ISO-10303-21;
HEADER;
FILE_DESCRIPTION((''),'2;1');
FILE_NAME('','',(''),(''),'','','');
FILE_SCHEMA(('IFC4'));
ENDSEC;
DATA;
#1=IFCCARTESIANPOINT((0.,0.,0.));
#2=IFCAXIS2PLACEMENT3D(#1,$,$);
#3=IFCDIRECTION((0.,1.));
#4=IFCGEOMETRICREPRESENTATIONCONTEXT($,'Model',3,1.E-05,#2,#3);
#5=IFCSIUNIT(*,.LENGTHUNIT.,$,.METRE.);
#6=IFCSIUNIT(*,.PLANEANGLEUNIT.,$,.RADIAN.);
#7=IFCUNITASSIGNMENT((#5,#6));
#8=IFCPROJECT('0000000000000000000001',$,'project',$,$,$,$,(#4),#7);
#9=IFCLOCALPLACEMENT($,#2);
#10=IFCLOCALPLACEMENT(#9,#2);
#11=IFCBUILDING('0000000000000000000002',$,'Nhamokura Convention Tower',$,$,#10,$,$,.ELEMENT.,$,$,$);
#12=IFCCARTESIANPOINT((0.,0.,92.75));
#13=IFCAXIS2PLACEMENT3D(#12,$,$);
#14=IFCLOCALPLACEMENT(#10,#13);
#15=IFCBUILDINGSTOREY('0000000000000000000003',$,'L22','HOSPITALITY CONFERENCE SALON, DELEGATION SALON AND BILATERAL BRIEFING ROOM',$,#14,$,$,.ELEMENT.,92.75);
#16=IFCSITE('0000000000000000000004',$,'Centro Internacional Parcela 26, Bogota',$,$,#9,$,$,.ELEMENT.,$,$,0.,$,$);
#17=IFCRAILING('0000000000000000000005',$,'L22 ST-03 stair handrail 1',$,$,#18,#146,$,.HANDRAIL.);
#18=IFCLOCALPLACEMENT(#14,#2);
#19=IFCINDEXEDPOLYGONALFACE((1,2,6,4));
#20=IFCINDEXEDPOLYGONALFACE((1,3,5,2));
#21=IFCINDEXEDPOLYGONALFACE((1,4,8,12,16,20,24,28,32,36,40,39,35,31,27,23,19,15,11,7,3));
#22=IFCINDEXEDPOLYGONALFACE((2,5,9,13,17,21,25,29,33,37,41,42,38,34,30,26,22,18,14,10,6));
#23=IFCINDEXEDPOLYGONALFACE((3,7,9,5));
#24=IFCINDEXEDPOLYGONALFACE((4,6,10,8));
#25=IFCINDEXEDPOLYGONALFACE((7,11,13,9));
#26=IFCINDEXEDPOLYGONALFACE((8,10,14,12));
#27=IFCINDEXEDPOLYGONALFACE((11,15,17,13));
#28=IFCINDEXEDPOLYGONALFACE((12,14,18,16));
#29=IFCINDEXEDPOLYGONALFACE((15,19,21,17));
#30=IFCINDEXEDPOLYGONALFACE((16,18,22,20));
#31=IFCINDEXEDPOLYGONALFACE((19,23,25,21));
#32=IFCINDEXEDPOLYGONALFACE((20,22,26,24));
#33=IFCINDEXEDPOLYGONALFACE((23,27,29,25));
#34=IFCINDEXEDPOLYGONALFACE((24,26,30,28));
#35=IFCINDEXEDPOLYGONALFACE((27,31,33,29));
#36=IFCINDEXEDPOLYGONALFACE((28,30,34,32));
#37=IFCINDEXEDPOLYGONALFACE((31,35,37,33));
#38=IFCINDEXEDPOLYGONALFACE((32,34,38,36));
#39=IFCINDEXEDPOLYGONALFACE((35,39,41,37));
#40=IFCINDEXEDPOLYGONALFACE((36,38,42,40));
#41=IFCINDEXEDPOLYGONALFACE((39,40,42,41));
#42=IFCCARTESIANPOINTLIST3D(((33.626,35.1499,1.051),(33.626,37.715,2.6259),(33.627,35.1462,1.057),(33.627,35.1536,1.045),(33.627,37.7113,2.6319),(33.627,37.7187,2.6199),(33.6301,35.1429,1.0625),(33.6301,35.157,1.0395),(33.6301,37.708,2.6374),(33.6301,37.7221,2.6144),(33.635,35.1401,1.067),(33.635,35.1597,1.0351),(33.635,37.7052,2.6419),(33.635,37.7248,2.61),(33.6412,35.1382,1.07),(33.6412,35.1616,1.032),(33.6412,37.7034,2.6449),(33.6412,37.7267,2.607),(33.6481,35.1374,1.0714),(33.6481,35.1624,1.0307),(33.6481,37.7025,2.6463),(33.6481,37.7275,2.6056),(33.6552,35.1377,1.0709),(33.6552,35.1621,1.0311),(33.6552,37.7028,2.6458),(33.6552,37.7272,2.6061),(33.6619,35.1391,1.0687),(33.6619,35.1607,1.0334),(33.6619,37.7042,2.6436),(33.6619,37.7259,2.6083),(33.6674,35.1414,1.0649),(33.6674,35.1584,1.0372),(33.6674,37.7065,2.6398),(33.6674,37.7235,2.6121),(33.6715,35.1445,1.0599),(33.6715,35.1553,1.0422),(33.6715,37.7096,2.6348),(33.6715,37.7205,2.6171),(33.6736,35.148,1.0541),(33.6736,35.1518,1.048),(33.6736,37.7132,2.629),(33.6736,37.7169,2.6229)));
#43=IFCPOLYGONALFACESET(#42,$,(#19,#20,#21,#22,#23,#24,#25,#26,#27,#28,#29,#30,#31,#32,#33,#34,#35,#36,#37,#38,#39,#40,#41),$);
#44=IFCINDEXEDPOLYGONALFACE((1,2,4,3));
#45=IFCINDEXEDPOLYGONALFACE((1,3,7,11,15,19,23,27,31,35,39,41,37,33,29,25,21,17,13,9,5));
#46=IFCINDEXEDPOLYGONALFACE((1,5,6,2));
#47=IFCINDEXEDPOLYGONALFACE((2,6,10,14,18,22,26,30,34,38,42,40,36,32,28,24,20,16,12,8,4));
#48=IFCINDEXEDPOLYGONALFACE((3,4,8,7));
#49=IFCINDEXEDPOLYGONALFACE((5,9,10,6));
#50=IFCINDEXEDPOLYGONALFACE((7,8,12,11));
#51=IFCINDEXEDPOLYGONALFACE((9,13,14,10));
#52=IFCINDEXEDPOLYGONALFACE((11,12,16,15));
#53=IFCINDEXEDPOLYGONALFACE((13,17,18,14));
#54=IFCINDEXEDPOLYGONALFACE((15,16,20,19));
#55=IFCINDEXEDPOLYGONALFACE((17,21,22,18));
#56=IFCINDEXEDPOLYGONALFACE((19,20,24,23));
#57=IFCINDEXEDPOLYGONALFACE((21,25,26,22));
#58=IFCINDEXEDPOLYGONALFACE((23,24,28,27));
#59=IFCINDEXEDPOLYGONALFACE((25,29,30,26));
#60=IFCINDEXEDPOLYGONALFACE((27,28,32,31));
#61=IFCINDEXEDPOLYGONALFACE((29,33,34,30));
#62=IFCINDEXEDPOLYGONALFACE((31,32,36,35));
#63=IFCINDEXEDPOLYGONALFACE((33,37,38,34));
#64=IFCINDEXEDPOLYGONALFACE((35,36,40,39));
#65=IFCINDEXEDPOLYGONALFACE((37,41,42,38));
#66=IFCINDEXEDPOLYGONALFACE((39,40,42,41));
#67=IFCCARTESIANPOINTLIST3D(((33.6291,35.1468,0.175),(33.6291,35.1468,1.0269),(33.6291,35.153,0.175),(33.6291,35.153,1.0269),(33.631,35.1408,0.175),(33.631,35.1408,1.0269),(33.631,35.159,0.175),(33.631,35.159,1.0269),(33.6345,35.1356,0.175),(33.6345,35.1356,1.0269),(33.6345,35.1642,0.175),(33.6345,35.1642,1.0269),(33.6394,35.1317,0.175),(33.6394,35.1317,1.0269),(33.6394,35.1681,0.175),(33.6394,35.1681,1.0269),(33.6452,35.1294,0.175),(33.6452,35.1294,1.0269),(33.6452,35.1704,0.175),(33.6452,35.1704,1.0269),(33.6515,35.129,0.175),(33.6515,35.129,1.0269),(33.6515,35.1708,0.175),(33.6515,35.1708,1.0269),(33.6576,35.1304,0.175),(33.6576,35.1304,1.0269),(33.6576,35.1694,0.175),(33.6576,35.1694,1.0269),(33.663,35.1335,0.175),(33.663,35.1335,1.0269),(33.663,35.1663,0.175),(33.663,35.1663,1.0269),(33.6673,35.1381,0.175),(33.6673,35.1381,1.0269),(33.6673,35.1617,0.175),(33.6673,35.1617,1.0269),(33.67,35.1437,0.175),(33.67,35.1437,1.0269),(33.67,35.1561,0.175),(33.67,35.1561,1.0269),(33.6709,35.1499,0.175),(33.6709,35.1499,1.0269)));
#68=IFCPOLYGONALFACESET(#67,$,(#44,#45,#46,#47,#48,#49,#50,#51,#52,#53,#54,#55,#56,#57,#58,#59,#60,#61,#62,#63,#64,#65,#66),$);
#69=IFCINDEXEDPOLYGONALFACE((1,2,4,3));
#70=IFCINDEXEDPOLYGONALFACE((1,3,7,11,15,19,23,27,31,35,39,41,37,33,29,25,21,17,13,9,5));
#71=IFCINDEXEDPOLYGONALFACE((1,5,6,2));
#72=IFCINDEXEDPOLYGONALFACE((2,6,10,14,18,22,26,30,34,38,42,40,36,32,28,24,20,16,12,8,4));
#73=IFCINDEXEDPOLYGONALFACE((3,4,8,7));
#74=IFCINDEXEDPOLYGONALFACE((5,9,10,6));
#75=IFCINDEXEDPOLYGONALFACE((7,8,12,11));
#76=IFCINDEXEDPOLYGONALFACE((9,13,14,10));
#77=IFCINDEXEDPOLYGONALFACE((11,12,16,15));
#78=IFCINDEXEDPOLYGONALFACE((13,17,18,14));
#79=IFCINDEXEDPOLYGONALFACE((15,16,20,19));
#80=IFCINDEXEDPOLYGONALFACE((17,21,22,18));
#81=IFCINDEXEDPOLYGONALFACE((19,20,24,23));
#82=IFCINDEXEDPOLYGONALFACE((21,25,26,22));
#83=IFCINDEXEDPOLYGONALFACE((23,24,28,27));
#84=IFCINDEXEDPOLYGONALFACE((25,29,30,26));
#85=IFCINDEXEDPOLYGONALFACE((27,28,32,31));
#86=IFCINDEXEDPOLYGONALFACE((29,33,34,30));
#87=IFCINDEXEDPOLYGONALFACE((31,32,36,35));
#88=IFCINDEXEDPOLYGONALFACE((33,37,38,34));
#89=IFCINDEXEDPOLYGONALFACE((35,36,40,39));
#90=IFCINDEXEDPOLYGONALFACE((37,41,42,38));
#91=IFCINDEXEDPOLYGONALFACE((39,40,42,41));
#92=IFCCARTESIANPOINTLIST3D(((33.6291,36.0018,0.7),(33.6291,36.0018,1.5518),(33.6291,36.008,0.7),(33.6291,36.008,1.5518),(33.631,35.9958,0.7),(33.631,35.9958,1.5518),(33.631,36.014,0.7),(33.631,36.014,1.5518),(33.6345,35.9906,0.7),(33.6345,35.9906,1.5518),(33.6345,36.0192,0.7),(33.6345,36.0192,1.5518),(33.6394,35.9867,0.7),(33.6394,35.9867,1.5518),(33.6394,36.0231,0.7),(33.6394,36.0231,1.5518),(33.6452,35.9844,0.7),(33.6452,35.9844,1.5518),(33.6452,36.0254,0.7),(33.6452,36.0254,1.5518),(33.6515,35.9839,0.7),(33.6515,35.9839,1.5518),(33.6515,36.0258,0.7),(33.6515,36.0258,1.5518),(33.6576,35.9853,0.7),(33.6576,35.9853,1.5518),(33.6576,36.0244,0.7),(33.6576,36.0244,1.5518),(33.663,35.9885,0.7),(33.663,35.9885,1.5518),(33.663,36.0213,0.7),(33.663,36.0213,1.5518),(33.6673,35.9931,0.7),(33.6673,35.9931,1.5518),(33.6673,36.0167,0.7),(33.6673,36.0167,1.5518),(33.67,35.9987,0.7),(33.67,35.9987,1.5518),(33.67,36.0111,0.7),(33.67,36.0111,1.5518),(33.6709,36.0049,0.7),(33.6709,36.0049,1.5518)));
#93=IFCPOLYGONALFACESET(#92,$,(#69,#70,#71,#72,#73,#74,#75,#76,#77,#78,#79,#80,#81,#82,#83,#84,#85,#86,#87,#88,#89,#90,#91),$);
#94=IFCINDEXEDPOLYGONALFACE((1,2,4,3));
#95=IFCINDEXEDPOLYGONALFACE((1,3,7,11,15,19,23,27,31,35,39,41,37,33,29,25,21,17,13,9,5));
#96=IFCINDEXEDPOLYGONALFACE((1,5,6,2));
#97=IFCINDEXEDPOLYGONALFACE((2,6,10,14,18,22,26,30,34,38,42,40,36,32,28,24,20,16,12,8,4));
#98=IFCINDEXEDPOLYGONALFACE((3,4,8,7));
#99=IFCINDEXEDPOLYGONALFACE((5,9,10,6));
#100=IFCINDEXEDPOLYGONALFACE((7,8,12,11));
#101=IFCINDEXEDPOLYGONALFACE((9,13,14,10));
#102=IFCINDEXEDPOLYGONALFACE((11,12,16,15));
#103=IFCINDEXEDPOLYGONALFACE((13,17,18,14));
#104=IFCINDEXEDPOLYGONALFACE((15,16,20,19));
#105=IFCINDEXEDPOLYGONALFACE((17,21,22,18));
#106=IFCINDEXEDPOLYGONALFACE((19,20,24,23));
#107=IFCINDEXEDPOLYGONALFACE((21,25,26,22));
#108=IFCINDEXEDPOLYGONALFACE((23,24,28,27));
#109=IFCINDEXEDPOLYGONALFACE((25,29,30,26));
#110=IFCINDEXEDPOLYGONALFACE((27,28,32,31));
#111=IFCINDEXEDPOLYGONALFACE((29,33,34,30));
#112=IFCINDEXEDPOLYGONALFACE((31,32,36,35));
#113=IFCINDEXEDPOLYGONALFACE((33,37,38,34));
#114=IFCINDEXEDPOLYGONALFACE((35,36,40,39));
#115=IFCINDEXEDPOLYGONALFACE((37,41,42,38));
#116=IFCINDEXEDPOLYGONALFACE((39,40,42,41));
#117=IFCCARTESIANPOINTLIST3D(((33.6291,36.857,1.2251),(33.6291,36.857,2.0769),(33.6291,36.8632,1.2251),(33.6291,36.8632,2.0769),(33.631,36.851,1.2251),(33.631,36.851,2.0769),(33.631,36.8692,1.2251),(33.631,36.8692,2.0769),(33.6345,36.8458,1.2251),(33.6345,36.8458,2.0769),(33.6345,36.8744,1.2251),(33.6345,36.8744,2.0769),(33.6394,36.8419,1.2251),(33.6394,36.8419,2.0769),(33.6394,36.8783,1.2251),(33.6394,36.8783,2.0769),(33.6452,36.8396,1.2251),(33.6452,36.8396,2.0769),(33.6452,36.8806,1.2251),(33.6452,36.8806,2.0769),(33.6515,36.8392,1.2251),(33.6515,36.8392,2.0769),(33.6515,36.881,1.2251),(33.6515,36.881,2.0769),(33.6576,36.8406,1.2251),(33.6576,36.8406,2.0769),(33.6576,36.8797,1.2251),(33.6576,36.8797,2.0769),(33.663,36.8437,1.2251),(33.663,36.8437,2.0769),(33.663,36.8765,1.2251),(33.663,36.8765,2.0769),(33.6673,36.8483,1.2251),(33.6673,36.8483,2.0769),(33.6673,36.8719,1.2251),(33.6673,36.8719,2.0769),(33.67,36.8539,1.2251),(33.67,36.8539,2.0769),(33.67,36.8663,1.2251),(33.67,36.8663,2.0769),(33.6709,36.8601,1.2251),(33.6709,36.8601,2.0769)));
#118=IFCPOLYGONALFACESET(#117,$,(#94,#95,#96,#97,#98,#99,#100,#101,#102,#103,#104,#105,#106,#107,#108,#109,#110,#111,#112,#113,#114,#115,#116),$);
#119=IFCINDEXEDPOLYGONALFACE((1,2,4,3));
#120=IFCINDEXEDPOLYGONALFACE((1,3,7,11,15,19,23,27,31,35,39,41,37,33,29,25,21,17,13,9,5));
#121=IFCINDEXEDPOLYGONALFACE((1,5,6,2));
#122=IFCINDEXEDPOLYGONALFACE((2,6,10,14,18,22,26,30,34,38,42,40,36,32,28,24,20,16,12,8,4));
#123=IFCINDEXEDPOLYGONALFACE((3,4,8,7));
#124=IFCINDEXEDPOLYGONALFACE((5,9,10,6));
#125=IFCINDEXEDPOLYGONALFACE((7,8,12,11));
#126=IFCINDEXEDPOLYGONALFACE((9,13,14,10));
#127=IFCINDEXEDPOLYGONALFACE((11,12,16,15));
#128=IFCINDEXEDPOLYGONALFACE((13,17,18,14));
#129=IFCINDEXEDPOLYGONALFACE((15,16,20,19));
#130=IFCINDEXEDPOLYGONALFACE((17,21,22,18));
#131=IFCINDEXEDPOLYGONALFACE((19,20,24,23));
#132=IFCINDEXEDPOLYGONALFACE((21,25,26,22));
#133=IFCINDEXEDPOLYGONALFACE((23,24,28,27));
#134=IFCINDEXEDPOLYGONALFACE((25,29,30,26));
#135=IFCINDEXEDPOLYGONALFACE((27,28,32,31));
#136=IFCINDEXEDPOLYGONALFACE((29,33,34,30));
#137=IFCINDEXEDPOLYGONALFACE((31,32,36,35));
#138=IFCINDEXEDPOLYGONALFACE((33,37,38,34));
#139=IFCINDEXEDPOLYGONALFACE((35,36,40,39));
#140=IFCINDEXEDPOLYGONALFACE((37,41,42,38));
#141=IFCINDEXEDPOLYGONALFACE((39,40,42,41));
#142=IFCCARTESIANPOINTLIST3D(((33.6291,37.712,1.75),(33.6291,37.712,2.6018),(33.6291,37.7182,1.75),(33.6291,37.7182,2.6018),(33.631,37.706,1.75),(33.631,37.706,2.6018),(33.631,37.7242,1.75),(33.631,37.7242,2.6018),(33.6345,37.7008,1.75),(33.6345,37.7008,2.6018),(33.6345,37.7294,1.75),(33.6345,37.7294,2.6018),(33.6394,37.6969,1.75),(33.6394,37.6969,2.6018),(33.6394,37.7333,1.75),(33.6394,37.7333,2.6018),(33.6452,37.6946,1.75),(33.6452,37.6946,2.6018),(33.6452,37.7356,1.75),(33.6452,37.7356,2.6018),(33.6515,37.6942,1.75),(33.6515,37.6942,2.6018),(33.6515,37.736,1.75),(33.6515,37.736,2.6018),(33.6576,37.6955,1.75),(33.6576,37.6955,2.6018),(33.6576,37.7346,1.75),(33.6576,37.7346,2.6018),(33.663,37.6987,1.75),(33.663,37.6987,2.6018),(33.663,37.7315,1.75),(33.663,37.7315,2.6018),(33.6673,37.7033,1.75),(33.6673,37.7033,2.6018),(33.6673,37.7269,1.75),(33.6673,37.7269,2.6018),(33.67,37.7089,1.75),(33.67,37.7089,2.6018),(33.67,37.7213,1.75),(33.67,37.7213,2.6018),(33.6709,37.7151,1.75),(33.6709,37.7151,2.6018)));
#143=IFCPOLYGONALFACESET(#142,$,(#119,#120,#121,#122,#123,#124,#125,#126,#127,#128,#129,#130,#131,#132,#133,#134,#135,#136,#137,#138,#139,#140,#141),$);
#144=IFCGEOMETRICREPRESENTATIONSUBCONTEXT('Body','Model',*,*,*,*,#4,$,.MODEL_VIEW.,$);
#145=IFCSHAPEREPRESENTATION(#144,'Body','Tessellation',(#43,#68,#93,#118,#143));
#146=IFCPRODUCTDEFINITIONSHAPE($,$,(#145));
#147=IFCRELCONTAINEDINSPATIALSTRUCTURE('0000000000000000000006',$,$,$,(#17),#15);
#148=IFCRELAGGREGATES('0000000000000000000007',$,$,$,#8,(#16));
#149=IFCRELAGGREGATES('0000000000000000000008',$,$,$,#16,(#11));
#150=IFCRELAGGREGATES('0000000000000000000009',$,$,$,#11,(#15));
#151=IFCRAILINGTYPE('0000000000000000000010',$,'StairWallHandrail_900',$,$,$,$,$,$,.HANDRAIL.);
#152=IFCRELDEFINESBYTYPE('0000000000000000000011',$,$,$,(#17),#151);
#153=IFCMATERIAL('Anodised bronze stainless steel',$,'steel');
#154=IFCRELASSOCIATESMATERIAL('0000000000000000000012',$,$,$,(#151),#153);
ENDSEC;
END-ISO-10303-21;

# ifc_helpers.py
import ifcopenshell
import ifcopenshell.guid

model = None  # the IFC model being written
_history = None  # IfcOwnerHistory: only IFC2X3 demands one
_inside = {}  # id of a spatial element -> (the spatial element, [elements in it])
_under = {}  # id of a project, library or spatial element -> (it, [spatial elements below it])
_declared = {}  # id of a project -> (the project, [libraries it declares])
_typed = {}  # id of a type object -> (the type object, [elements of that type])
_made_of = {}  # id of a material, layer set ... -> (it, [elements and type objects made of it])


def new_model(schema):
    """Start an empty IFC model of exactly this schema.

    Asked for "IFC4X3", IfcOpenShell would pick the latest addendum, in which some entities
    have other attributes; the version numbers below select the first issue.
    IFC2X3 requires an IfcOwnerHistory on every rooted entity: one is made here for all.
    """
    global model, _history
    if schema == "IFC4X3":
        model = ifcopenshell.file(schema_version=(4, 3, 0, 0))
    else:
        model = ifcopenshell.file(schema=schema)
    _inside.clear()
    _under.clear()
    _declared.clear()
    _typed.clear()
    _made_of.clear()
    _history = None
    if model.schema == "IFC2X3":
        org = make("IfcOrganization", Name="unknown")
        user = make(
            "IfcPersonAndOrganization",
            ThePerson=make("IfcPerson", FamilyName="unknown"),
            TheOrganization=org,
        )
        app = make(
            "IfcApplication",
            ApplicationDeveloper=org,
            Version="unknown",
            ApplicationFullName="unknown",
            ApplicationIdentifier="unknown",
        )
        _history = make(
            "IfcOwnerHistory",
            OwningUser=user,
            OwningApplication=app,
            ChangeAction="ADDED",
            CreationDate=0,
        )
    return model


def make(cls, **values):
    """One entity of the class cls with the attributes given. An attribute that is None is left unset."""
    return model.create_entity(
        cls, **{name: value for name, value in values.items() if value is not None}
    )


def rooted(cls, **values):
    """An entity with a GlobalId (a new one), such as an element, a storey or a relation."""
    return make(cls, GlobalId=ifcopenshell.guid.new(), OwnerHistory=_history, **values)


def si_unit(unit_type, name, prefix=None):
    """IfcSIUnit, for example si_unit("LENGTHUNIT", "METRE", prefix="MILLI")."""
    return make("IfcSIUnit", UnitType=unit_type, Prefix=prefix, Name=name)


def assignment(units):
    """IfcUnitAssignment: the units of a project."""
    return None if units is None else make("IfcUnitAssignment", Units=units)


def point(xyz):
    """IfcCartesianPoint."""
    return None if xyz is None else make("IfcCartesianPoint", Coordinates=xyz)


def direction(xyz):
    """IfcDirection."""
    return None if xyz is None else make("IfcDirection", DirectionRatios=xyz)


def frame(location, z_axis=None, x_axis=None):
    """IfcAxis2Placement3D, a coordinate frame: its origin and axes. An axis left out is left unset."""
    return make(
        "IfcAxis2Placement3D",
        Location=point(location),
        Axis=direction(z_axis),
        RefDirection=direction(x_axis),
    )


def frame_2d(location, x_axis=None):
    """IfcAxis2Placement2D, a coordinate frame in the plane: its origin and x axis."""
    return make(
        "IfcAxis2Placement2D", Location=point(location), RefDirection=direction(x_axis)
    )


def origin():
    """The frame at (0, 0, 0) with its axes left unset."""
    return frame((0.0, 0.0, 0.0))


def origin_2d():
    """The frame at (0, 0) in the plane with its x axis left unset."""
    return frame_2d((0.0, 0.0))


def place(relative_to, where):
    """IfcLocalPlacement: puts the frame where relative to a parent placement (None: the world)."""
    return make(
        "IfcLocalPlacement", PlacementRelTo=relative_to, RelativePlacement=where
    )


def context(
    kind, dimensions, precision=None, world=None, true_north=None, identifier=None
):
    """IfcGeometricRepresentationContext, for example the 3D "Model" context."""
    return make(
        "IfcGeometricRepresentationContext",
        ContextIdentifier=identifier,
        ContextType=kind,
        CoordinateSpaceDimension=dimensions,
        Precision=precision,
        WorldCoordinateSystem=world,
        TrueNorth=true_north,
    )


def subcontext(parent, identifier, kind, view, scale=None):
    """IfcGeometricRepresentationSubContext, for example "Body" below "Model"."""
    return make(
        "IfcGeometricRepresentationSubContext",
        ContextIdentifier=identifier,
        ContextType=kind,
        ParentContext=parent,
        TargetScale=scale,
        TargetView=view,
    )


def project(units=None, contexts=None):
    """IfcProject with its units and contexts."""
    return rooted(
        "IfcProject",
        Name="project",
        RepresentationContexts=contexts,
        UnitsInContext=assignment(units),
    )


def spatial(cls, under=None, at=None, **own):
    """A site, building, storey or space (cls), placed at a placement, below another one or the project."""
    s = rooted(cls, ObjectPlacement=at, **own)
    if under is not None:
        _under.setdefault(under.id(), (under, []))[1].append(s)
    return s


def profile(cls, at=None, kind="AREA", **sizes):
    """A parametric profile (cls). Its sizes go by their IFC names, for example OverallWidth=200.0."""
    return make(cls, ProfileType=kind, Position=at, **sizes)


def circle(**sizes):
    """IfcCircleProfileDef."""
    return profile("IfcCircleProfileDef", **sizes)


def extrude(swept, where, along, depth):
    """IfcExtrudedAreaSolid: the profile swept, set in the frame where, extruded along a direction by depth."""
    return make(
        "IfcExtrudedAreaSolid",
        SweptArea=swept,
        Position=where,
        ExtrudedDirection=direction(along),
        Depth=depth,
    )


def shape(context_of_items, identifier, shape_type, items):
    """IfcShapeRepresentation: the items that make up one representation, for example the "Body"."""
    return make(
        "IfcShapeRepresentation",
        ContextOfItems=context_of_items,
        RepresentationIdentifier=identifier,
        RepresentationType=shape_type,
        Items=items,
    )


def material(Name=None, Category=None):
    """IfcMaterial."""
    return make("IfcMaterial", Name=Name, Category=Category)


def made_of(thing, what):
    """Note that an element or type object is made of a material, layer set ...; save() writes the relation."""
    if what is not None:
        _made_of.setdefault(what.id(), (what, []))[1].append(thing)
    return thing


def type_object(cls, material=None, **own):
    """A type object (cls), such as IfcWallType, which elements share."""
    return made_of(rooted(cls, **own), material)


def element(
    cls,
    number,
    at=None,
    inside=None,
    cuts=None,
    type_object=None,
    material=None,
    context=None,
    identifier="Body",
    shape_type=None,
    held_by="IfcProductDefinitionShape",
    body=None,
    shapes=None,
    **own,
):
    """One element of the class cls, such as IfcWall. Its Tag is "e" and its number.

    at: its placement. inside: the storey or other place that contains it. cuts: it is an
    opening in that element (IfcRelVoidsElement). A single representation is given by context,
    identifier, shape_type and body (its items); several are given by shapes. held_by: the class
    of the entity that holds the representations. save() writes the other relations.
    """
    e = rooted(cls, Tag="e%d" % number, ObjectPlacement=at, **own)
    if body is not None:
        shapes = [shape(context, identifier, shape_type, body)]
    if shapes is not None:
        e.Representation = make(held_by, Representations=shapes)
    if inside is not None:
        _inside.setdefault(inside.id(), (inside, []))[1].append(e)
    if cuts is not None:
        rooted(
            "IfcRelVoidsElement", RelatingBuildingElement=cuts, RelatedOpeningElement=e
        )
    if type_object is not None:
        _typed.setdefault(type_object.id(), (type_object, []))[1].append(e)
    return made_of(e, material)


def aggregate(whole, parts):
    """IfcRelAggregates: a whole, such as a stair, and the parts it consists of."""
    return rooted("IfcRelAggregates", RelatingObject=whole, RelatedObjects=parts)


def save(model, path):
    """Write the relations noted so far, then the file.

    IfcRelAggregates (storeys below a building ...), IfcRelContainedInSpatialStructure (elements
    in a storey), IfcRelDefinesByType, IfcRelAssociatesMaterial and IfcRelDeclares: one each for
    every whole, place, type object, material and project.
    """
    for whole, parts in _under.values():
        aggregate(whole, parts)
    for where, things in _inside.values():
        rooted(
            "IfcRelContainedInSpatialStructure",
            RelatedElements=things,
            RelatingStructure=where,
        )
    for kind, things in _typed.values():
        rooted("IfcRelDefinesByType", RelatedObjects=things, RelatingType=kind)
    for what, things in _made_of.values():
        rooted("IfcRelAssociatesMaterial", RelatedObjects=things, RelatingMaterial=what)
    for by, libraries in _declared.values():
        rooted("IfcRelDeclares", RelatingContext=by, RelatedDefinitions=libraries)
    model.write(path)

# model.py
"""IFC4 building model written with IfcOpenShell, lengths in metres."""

from ifc_helpers import new_model, si_unit, direction, frame, origin, origin_2d, place, context, subcontext, project, spatial, circle, extrude, material, type_object, element, save


model = new_model("IFC4")

# Units and contexts
model_context = context("Model", 3, precision=1e-05, world=origin(), true_north=direction((0.0, 1.0)))
body_context = subcontext(model_context, "Body", "Model", "MODEL_VIEW")
ifc_project = project(units=[si_unit("LENGTHUNIT", "METRE"), si_unit("PLANEANGLEUNIT", "RADIAN")], contexts=[model_context])

# Site, building, storey
site_placement = place(None, origin())
site = spatial("IfcSite", under=ifc_project, at=site_placement, Name="Centro Internacional Parcela 26, Bogota", CompositionType="ELEMENT", RefElevation=0.0)
building_placement = place(site_placement, origin())
building = spatial("IfcBuilding", under=site, at=building_placement, Name="Nhamokura Convention Tower", CompositionType="ELEMENT")
storey_placement = place(building_placement, frame((0.0, 0.0, 92.75)))
storey = spatial("IfcBuildingStorey", under=building, at=storey_placement, Name="L22", Description="HOSPITALITY CONFERENCE SALON, DELEGATION SALON AND BILATERAL BRIEFING ROOM", CompositionType="ELEMENT", Elevation=92.75)

# Railing
ifc_material_1 = material(Name="Anodised bronze stainless steel", Category="steel")
railing_type_1 = type_object("IfcRailingType", Name="StairWallHandrail_900", PredefinedType="HANDRAIL", material=ifc_material_1)
railing_1_placement = place(storey_placement, frame((33.6499, 35.1499, 0.175)))
element("IfcRailing", 1, at=railing_1_placement, inside=storey, type_object=railing_type_1, Name="L22 ST-03 stair handrail 1", PredefinedType="HANDRAIL", context=body_context, shape_type="SweptSolid", body=[
    extrude(circle(Radius=0.0239, at=origin_2d()), frame((0.0, 0.0, 0.876), z_axis=(0.0, 0.852195, 0.523224), x_axis=(-1.0, 0.0, 0.0)), (0.0, 0.0, 1.0), 3.01),
    extrude(circle(Radius=0.021, at=origin_2d()), origin(), (0.0, 0.0, 1.0), 0.8518),
    extrude(circle(Radius=0.021, at=origin_2d()), frame((0.0, 0.855, 0.5249)), (0.0, 0.0, 1.0), 0.8518),
    extrude(circle(Radius=0.021, at=origin_2d()), frame((0.0, 1.7102, 1.05)), (0.0, 0.0, 1.0), 0.8518),
    extrude(circle(Radius=0.021, at=origin_2d()), frame((0.0, 2.5652, 1.575)), (0.0, 0.0, 1.0), 0.8518),
])

save(model, "model.ifc")
